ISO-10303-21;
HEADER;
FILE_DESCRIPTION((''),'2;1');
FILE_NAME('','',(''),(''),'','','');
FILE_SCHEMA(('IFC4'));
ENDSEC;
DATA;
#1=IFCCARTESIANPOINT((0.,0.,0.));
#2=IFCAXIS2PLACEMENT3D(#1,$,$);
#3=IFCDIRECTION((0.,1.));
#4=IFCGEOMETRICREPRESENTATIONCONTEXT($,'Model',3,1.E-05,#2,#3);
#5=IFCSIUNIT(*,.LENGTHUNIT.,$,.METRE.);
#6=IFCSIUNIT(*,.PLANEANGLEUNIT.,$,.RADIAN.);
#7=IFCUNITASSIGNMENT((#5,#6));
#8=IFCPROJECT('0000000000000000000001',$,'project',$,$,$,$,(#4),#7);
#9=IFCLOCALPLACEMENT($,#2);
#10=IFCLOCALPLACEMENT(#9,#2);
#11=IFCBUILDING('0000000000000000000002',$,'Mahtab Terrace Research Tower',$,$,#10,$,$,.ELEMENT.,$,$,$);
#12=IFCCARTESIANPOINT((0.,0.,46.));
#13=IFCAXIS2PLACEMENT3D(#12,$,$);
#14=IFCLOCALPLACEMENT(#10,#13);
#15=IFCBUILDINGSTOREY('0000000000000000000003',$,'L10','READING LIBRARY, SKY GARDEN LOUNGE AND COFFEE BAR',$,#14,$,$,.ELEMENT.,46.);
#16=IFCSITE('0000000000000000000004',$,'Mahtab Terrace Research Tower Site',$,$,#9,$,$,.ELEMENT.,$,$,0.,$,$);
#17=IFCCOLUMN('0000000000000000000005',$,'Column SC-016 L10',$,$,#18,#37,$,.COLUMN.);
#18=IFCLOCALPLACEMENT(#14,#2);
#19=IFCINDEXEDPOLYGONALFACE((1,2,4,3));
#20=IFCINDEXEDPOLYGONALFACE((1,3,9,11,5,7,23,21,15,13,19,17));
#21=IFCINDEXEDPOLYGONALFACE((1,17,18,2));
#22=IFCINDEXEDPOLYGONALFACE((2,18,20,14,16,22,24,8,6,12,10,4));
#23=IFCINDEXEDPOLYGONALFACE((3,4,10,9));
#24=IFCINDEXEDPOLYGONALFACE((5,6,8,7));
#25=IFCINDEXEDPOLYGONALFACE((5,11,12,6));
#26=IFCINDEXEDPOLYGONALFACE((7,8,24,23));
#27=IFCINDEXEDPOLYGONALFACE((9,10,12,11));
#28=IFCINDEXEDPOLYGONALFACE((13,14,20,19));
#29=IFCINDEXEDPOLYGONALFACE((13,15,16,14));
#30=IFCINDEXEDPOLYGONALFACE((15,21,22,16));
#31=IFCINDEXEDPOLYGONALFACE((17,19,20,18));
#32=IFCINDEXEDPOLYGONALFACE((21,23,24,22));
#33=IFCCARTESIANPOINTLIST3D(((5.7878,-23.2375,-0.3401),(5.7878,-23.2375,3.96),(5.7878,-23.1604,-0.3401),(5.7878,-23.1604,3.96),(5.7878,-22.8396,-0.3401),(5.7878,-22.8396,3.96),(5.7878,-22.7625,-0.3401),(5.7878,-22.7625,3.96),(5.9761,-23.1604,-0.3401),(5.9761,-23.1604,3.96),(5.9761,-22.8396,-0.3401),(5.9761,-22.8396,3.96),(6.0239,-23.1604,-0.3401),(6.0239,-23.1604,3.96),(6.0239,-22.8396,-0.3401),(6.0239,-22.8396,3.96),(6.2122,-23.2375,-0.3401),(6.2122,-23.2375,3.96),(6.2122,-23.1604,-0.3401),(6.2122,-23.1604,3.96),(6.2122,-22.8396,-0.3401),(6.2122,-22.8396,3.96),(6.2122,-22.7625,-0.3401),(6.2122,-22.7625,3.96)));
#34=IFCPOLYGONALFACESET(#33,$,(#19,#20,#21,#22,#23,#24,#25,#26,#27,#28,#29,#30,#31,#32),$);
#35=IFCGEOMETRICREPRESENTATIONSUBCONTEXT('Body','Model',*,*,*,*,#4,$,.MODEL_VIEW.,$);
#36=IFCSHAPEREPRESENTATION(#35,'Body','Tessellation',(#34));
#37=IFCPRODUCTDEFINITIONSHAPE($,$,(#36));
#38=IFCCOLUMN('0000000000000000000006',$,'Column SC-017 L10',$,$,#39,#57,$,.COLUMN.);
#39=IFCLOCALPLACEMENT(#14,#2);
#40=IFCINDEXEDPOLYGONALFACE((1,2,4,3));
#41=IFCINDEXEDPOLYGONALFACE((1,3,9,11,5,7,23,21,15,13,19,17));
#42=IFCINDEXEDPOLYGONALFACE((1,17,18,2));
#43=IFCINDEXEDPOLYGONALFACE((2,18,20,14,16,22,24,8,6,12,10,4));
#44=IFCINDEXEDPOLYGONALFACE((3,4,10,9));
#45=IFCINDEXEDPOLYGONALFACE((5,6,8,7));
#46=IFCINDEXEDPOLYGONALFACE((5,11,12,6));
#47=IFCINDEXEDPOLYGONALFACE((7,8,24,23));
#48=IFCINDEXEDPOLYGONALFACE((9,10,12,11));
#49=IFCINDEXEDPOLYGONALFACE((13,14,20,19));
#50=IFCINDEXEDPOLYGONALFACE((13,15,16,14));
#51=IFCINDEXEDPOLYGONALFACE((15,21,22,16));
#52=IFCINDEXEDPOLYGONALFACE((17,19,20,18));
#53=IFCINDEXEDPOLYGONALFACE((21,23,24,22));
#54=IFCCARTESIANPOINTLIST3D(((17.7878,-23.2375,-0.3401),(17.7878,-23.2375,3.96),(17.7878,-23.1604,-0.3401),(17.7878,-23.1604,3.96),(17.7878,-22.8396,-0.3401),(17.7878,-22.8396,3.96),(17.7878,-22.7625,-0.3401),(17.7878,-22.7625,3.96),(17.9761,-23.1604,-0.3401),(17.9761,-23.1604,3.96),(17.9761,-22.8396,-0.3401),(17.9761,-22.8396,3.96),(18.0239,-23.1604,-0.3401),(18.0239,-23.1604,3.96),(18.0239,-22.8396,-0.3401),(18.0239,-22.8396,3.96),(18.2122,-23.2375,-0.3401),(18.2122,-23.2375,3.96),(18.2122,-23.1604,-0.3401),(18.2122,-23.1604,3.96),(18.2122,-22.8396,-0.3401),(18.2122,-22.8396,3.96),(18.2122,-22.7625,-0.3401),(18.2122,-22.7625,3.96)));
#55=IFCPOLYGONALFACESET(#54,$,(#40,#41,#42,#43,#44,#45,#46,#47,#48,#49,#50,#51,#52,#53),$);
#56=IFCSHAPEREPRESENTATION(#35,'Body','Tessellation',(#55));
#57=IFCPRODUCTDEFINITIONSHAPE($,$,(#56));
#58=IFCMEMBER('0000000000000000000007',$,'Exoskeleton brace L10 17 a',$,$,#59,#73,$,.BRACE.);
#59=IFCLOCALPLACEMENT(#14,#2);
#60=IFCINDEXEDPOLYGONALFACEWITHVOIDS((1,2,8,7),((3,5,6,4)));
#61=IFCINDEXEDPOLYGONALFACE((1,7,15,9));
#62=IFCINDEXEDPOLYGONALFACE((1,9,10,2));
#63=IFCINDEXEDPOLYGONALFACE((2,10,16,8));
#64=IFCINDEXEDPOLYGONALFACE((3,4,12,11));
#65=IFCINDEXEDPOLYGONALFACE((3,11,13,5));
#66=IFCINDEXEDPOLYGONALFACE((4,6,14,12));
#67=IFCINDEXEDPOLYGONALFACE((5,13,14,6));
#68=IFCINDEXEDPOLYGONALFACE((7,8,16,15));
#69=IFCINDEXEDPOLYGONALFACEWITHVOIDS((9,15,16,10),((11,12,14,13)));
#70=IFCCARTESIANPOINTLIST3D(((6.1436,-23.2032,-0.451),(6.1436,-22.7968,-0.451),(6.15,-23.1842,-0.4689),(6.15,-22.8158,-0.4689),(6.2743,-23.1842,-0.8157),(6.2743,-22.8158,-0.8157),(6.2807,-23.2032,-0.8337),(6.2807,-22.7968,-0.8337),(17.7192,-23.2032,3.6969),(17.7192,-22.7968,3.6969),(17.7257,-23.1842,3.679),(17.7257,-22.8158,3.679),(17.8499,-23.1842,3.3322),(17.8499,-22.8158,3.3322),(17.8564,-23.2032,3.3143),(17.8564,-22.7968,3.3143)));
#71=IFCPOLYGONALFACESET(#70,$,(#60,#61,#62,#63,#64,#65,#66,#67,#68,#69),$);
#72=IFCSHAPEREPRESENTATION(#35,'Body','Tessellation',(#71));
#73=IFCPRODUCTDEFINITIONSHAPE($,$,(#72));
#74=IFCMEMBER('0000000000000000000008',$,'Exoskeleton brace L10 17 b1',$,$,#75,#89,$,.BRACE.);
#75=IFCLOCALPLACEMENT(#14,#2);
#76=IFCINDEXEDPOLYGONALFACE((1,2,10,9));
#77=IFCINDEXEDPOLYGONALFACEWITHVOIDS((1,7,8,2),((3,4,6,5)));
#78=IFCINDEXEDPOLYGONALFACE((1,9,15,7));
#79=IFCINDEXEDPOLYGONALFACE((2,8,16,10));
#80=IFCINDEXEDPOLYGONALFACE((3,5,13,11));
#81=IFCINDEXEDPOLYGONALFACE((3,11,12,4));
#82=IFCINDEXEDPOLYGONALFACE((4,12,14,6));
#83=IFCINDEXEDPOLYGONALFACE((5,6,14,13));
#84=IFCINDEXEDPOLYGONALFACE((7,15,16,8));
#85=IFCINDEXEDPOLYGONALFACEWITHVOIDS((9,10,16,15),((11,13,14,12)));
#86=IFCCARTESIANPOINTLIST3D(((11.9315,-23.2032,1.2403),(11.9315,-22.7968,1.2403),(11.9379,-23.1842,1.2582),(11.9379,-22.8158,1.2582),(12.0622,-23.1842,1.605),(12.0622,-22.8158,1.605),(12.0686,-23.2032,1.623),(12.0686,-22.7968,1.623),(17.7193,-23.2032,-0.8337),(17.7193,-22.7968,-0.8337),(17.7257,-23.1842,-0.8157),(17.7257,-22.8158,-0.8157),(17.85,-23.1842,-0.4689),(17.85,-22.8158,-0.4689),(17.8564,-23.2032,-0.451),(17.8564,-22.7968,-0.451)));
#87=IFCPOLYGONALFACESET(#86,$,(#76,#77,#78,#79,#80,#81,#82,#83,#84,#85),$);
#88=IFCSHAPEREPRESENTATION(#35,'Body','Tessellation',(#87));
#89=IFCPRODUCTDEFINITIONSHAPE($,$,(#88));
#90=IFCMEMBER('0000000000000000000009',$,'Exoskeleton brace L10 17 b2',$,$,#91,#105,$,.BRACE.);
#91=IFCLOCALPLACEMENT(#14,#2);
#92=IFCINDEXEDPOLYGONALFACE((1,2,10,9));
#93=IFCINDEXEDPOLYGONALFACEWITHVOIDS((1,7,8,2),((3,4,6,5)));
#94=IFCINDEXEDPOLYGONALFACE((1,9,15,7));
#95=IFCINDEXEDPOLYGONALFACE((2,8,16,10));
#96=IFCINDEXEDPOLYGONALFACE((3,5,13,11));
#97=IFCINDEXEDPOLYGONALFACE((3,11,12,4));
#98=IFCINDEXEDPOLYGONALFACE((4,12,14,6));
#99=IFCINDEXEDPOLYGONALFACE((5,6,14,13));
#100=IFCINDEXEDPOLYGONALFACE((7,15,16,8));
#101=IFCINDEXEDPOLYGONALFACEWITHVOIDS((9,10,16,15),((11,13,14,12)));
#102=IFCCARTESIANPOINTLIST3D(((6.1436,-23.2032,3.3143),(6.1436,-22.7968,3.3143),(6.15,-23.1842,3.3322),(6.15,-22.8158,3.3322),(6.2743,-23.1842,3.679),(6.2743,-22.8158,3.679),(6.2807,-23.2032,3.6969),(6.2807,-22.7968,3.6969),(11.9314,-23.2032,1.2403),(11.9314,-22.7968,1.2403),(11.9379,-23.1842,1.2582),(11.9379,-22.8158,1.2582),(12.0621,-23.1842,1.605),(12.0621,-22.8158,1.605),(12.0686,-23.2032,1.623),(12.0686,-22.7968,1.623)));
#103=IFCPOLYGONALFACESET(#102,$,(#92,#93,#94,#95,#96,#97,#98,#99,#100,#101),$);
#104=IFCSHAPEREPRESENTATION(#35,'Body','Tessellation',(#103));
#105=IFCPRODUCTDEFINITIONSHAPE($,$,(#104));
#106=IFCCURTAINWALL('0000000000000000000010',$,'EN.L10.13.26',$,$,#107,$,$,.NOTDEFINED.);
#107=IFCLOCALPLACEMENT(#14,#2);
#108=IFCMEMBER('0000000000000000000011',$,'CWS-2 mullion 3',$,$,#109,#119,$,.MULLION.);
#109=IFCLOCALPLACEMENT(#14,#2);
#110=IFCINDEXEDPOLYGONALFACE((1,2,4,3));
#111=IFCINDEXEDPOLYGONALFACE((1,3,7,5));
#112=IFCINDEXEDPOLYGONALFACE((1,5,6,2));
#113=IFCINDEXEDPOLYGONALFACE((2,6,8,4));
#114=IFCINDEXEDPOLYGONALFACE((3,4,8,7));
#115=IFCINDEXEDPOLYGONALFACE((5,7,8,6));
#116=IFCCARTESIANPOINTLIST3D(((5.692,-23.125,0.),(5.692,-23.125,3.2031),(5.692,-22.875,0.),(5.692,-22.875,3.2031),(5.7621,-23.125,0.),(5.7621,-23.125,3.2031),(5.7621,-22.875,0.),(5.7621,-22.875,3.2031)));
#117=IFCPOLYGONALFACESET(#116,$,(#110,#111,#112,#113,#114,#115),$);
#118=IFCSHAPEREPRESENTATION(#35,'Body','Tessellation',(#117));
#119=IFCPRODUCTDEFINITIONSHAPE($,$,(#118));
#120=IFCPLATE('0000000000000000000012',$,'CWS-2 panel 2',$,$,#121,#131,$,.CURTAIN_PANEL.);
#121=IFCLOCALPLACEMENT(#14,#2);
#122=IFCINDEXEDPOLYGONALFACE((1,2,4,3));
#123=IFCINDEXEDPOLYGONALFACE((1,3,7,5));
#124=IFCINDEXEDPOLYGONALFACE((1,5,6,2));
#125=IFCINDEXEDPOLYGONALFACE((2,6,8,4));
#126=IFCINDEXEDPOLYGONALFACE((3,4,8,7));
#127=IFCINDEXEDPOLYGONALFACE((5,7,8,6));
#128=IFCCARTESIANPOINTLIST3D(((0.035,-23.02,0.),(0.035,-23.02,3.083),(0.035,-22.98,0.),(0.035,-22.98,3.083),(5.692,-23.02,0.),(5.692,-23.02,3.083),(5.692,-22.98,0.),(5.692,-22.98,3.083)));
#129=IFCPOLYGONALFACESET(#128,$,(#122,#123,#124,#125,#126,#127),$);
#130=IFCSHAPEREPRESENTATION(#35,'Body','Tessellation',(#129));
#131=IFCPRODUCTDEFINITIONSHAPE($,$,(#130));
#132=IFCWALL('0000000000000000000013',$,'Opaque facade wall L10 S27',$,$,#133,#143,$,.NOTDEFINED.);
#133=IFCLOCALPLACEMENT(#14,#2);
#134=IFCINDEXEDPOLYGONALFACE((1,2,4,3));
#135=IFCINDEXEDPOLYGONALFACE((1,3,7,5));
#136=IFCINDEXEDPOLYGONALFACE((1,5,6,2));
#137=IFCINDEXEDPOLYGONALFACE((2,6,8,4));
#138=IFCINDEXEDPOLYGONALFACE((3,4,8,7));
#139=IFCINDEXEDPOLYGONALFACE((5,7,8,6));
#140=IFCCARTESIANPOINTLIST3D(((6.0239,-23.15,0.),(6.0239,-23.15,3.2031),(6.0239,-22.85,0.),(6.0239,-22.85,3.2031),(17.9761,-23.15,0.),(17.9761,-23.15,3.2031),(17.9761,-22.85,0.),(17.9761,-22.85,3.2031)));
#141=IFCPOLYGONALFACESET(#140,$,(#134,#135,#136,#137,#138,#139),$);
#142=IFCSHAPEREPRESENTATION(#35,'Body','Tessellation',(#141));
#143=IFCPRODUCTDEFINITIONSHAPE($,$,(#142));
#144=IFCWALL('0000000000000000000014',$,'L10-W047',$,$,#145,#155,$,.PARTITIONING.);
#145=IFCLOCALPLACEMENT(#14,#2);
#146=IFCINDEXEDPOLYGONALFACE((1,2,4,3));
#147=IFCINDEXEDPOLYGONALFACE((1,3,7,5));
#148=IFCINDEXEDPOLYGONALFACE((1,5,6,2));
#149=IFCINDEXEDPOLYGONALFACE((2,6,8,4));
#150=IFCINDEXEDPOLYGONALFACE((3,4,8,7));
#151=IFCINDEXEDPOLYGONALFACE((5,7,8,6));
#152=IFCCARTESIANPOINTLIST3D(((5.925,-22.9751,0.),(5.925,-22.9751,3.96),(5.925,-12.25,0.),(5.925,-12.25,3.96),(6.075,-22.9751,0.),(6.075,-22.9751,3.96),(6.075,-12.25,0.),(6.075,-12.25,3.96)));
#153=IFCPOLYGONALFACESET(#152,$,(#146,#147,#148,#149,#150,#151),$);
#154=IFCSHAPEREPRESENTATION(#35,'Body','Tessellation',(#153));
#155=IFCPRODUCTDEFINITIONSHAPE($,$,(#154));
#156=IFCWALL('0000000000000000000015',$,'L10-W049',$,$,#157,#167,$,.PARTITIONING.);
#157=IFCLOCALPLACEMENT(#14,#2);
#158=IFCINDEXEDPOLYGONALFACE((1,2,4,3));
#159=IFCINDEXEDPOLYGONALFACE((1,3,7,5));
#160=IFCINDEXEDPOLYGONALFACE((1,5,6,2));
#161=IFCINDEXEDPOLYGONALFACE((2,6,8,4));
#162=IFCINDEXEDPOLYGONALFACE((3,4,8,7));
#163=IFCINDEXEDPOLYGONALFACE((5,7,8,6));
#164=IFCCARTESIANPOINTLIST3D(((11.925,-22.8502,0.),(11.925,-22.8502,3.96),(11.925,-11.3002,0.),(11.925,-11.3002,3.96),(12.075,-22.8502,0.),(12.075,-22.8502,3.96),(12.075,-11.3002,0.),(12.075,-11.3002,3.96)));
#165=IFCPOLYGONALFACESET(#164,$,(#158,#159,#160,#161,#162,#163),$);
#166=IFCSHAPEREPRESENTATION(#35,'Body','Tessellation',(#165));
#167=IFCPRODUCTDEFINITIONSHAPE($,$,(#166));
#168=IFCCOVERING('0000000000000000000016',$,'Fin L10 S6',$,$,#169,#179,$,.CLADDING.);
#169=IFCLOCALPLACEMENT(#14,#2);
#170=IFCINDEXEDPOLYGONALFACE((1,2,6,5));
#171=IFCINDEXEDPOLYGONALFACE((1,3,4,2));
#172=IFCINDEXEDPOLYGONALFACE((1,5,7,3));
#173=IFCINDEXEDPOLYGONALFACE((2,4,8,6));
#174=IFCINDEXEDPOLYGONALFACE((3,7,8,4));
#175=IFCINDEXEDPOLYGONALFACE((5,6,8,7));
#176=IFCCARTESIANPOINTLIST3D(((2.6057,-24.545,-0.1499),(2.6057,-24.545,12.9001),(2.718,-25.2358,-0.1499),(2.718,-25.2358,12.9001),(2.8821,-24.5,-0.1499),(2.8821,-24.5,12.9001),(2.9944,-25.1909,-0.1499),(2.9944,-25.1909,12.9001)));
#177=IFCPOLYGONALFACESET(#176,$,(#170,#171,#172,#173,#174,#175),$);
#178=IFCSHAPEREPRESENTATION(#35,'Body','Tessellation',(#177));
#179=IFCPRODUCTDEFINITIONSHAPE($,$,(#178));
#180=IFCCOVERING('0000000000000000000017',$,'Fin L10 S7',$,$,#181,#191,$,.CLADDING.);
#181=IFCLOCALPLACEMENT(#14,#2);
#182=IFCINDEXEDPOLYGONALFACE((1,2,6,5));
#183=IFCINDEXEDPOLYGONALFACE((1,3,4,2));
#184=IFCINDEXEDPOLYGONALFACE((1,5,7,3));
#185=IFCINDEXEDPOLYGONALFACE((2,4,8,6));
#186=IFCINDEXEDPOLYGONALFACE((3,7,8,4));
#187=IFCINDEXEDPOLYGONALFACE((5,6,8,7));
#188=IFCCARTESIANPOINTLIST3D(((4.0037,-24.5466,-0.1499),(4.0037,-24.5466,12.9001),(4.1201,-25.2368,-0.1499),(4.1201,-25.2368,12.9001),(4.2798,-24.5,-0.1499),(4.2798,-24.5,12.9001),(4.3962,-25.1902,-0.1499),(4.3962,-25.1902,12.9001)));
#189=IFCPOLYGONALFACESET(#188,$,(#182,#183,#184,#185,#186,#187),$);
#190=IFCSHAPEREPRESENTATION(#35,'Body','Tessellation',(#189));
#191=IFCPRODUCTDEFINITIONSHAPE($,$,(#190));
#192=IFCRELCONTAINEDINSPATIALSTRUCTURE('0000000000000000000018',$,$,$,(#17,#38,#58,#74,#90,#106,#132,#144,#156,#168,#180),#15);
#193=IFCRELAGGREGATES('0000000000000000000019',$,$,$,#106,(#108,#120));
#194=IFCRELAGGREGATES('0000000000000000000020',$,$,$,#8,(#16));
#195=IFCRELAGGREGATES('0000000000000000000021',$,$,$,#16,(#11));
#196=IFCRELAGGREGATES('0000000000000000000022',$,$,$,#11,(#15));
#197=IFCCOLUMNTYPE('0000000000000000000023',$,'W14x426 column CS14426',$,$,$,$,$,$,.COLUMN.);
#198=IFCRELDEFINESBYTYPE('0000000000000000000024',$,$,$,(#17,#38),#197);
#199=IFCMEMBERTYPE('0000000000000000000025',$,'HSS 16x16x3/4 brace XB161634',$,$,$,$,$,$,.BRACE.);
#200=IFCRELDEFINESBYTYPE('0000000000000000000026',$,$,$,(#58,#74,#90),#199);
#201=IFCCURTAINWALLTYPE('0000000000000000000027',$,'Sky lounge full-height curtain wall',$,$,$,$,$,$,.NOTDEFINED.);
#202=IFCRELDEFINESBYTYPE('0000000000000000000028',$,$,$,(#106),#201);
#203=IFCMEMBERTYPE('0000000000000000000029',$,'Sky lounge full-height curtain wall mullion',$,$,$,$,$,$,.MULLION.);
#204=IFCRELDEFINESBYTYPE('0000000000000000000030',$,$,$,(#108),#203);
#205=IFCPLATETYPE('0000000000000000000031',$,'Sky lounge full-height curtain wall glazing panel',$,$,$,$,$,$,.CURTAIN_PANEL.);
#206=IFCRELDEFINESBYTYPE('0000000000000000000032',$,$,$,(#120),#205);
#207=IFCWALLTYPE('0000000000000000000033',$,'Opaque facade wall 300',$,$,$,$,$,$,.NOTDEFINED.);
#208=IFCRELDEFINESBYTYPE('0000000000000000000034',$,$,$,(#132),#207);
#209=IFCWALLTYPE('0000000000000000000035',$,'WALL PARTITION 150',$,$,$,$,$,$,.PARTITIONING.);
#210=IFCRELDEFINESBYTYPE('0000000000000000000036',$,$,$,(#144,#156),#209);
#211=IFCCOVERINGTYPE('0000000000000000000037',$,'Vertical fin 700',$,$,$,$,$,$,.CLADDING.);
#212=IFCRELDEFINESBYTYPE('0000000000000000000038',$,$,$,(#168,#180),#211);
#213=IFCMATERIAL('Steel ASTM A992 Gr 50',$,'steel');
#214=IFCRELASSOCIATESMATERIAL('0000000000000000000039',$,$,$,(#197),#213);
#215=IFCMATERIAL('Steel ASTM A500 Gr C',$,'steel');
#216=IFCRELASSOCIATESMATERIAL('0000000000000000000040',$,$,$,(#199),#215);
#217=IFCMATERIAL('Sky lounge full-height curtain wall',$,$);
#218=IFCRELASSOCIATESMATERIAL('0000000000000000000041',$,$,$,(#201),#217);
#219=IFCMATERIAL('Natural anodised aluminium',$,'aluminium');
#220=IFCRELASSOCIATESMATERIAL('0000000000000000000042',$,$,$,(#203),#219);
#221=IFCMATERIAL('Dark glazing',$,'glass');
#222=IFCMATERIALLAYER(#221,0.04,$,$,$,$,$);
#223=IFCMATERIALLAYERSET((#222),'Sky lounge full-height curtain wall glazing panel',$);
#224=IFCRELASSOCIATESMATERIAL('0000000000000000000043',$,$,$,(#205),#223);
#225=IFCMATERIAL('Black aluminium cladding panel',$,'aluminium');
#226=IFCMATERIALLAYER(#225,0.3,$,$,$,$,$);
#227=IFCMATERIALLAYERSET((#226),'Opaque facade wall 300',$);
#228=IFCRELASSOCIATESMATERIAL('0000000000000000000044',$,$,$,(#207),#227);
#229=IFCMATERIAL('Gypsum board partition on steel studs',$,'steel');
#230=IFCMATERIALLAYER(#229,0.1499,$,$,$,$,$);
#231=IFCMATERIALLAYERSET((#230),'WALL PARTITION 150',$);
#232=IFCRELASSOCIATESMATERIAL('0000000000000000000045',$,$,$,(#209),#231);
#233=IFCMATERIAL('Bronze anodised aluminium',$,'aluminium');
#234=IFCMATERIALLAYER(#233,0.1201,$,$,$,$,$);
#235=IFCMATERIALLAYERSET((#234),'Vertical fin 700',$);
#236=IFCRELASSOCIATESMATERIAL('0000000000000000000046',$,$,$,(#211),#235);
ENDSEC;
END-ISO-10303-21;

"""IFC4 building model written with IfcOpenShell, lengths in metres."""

from ifc_helpers import new_model, si_unit, direction, frame, frame_2d, origin, origin_2d, place, context, subcontext, project, spatial, rectangle, hollow_rectangle, i_section, extrude, material, layer, layer_set, material_profile, profile_set, type_object, element, aggregate, save


model = new_model("IFC4")

# Units and contexts
model_context = context("Model", 3, precision=1e-05, world=origin(), true_north=direction((0.0, 1.0)))
body_context = subcontext(model_context, "Body", "Model", "MODEL_VIEW")
ifc_project = project(units=[si_unit("LENGTHUNIT", "METRE"), si_unit("PLANEANGLEUNIT", "RADIAN")], contexts=[model_context])

# Site, building, storey
site_placement = place(None, origin())
site = spatial("IfcSite", under=ifc_project, at=site_placement, Name="Mahtab Terrace Research Tower Site", CompositionType="ELEMENT", RefElevation=0.0)
building_placement = place(site_placement, origin())
building = spatial("IfcBuilding", under=site, at=building_placement, Name="Mahtab Terrace Research Tower", CompositionType="ELEMENT")
storey_placement = place(building_placement, frame((0.0, 0.0, 46.0)))
storey = spatial("IfcBuildingStorey", under=building, at=storey_placement, Name="L10", Description="READING LIBRARY, SKY GARDEN LOUNGE AND COFFEE BAR", CompositionType="ELEMENT", Elevation=46.0)

# Columns
ifc_material_1 = material(Name="Steel ASTM A992 Gr 50", Category="steel")
ifc_material_profile_1 = material_profile(ifc_material_1, i_section(OverallWidth=0.4243, OverallDepth=0.4751, WebThickness=0.0479, FlangeThickness=0.0771, at=origin_2d()), Name="W14X426")
ifc_profile_set_1 = profile_set([ifc_material_profile_1], Name="Steel ASTM A992 Gr 50")
column_type = type_object("IfcColumnType", Name="W14x426 column CS14426", PredefinedType="COLUMN", material=ifc_profile_set_1)
for number, where, z_axis, x_axis, name in (
    (1, (6.0, -23.0, -0.3401), (0.0, 0.0, 1.0), (1.0, 0.0, 0.0), "Column SC-016 L10"),
    (2, (18.0, -23.0, -0.3401), (0.0, 0.0, 1.0), (1.0, 0.0, 0.0), "Column SC-017 L10"),
):
    element("IfcColumn", number, at=place(storey_placement, frame(where, z_axis=z_axis, x_axis=x_axis)), inside=storey, type_object=column_type, Name=name, PredefinedType="COLUMN", context=body_context, shape_type="SweptSolid", body=[
        extrude(i_section(OverallWidth=0.4243, OverallDepth=0.4751, WebThickness=0.0479, FlangeThickness=0.0771, at=origin_2d()), origin(), (0.0, 0.0, 1.0), 4.3),
    ])

# Members
ifc_material_2 = material(Name="Steel ASTM A500 Gr C", Category="steel")
ifc_material_profile_2 = material_profile(ifc_material_2, hollow_rectangle(XDim=0.4065, YDim=0.4065, WallThickness=0.019, at=origin_2d()), Name="HSS16X16X3/4")
ifc_profile_set_2 = profile_set([ifc_material_profile_2], Name="Steel ASTM A500 Gr C")
member_type_1 = type_object("IfcMemberType", Name="HSS 16x16x3/4 brace XB161634", PredefinedType="BRACE", material=ifc_profile_set_2)
member_1_placement = place(storey_placement, frame((6.2122, -23.0, -0.6423), z_axis=(0.941387, 0.0, 0.33733), x_axis=(0.0, 1.0, 0.0)))
element("IfcMember", 3, at=member_1_placement, inside=storey, type_object=member_type_1, Name="Exoskeleton brace L10 17 a", PredefinedType="BRACE", context=body_context, shape_type="SweptSolid", body=[
    extrude(hollow_rectangle(XDim=0.4065, YDim=0.4065, WallThickness=0.019, at=origin_2d()), origin(), (0.0, 0.0, 1.0), 12.2964),
])
for number, where, z_axis, x_axis, name in (
    (4, (17.7878, -23.0, -0.6423), (-0.941387, 0.0, 0.33733), (0.0, -1.0, 0.0), "Exoskeleton brace L10 17 b1"),
    (5, (12.0, -23.0, 1.4316), (-0.941387, 0.0, 0.33733), (0.0, -1.0, 0.0), "Exoskeleton brace L10 17 b2"),
):
    element("IfcMember", number, at=place(storey_placement, frame(where, z_axis=z_axis, x_axis=x_axis)), inside=storey, type_object=member_type_1, Name=name, PredefinedType="BRACE", context=body_context, shape_type="SweptSolid", body=[
        extrude(hollow_rectangle(XDim=0.4065, YDim=0.4065, WallThickness=0.019, at=origin_2d()), origin(), (0.0, 0.0, 1.0), 6.1482),
    ])

# Curtain wall, member, plate
ifc_material_3 = material(Name="Sky lounge full-height curtain wall")
curtain_wall_type = type_object("IfcCurtainWallType", Name="Sky lounge full-height curtain wall", PredefinedType="NOTDEFINED", material=ifc_material_3)
curtain_wall_placement = place(storey_placement, origin())
curtain_wall = element("IfcCurtainWall", 6, at=curtain_wall_placement, inside=storey, type_object=curtain_wall_type, Name="EN.L10.13.26", PredefinedType="NOTDEFINED")
ifc_material_4 = material(Name="Natural anodised aluminium", Category="aluminium")
ifc_material_profile_3 = material_profile(ifc_material_4, rectangle(XDim=0.25, YDim=0.0701, at=origin_2d()), Name="MULLION 70x250")
ifc_profile_set_3 = profile_set([ifc_material_profile_3], Name="Natural anodised aluminium")
member_type_2 = type_object("IfcMemberType", Name="Sky lounge full-height curtain wall mullion", PredefinedType="MULLION", material=ifc_profile_set_3)
member_2_placement = place(storey_placement, frame((5.7271, -23.0, 0.0), z_axis=(0.0, 0.0, 1.0), x_axis=(0.0, 1.0, 0.0)))
member_2 = element("IfcMember", 7, at=member_2_placement, type_object=member_type_2, Name="CWS-2 mullion 3", PredefinedType="MULLION", context=body_context, shape_type="SweptSolid", body=[
    extrude(rectangle(XDim=0.25, YDim=0.0701, at=origin_2d()), origin(), (0.0, 0.0, 1.0), 3.2031),
])
ifc_material_5 = material(Name="Dark glazing", Category="glass")
ifc_layer_1 = layer(ifc_material_5, 0.04)
ifc_layer_set_1 = layer_set([ifc_layer_1], Name="Sky lounge full-height curtain wall glazing panel")
plate_type = type_object("IfcPlateType", Name="Sky lounge full-height curtain wall glazing panel", PredefinedType="CURTAIN_PANEL", material=ifc_layer_set_1)
plate_placement = place(storey_placement, frame((2.8635, -23.0, 0.0), z_axis=(0.0, 0.0, 1.0), x_axis=(1.0, 0.0, 0.0)))
plate = element("IfcPlate", 8, at=plate_placement, type_object=plate_type, Name="CWS-2 panel 2", PredefinedType="CURTAIN_PANEL", context=body_context, shape_type="SweptSolid", body=[
    extrude(rectangle(XDim=5.657, YDim=0.04, at=origin_2d()), origin(), (0.0, 0.0, 1.0), 3.083),
])
aggregate(curtain_wall, [member_2, plate])

# Walls
ifc_material_6 = material(Name="Black aluminium cladding panel", Category="aluminium")
ifc_layer_2 = layer(ifc_material_6, 0.3)
ifc_layer_set_2 = layer_set([ifc_layer_2], Name="Opaque facade wall 300")
wall_type_1 = type_object("IfcWallType", Name="Opaque facade wall 300", PredefinedType="NOTDEFINED", material=ifc_layer_set_2)
wall_1_placement = place(storey_placement, frame((6.0239, -23.0, 0.0), z_axis=(0.0, 0.0, 1.0), x_axis=(1.0, 0.0, 0.0)))
element("IfcWall", 9, at=wall_1_placement, inside=storey, type_object=wall_type_1, Name="Opaque facade wall L10 S27", PredefinedType="NOTDEFINED", context=body_context, shape_type="SweptSolid", body=[
    extrude(rectangle(XDim=11.9521, YDim=0.3, at=frame_2d((5.9761, 0.0))), origin(), (0.0, 0.0, 1.0), 3.2031),
])
ifc_material_7 = material(Name="Gypsum board partition on steel studs", Category="steel")
ifc_layer_3 = layer(ifc_material_7, 0.1499)
ifc_layer_set_3 = layer_set([ifc_layer_3], Name="WALL PARTITION 150")
wall_type_2 = type_object("IfcWallType", Name="WALL PARTITION 150", PredefinedType="PARTITIONING", material=ifc_layer_set_3)
wall_2_placement = place(storey_placement, frame((6.0, -22.9751, 0.0), z_axis=(0.0, 0.0, 1.0), x_axis=(0.0, 1.0, 0.0)))
element("IfcWall", 10, at=wall_2_placement, inside=storey, type_object=wall_type_2, Name="L10-W047", PredefinedType="PARTITIONING", context=body_context, shape_type="SweptSolid", body=[
    extrude(rectangle(XDim=10.7251, YDim=0.1499, at=frame_2d((5.3625, 0.0))), origin(), (0.0, 0.0, 1.0), 3.96),
])
wall_3_placement = place(storey_placement, frame((12.0, -22.8501, 0.0), z_axis=(0.0, 0.0, 1.0), x_axis=(0.0, 1.0, 0.0)))
element("IfcWall", 11, at=wall_3_placement, inside=storey, type_object=wall_type_2, Name="L10-W049", PredefinedType="PARTITIONING", context=body_context, shape_type="SweptSolid", body=[
    extrude(rectangle(XDim=11.55, YDim=0.1499, at=frame_2d((5.7749, 0.0))), origin(), (0.0, 0.0, 1.0), 3.96),
])

# Coverings
ifc_material_8 = material(Name="Bronze anodised aluminium", Category="aluminium")
ifc_layer_4 = layer(ifc_material_8, 0.1201)
ifc_layer_set_4 = layer_set([ifc_layer_4], Name="Vertical fin 700")
covering_type = type_object("IfcCoveringType", Name="Vertical fin 700", PredefinedType="CLADDING", material=ifc_layer_set_4)
for number, where, z_axis, x_axis, name in (
    (12, (2.8, -24.8679, -0.1499), (0.0, 0.0, 1.0), (0.98703, 0.160537, 0.0), "Fin L10 S6"),
    (13, (4.2, -24.8684, -0.1499), (0.0, 0.0, 1.0), (0.986079, 0.166277, 0.0), "Fin L10 S7"),
):
    element("IfcCovering", number, at=place(storey_placement, frame(where, z_axis=z_axis, x_axis=x_axis)), inside=storey, type_object=covering_type, Name=name, PredefinedType="CLADDING", context=body_context, shape_type="SweptSolid", body=[
        extrude(rectangle(XDim=0.28, YDim=0.7, at=origin_2d()), origin(), (0.0, 0.0, 1.0), 13.05),
    ])

save(model, "model.ifc")
